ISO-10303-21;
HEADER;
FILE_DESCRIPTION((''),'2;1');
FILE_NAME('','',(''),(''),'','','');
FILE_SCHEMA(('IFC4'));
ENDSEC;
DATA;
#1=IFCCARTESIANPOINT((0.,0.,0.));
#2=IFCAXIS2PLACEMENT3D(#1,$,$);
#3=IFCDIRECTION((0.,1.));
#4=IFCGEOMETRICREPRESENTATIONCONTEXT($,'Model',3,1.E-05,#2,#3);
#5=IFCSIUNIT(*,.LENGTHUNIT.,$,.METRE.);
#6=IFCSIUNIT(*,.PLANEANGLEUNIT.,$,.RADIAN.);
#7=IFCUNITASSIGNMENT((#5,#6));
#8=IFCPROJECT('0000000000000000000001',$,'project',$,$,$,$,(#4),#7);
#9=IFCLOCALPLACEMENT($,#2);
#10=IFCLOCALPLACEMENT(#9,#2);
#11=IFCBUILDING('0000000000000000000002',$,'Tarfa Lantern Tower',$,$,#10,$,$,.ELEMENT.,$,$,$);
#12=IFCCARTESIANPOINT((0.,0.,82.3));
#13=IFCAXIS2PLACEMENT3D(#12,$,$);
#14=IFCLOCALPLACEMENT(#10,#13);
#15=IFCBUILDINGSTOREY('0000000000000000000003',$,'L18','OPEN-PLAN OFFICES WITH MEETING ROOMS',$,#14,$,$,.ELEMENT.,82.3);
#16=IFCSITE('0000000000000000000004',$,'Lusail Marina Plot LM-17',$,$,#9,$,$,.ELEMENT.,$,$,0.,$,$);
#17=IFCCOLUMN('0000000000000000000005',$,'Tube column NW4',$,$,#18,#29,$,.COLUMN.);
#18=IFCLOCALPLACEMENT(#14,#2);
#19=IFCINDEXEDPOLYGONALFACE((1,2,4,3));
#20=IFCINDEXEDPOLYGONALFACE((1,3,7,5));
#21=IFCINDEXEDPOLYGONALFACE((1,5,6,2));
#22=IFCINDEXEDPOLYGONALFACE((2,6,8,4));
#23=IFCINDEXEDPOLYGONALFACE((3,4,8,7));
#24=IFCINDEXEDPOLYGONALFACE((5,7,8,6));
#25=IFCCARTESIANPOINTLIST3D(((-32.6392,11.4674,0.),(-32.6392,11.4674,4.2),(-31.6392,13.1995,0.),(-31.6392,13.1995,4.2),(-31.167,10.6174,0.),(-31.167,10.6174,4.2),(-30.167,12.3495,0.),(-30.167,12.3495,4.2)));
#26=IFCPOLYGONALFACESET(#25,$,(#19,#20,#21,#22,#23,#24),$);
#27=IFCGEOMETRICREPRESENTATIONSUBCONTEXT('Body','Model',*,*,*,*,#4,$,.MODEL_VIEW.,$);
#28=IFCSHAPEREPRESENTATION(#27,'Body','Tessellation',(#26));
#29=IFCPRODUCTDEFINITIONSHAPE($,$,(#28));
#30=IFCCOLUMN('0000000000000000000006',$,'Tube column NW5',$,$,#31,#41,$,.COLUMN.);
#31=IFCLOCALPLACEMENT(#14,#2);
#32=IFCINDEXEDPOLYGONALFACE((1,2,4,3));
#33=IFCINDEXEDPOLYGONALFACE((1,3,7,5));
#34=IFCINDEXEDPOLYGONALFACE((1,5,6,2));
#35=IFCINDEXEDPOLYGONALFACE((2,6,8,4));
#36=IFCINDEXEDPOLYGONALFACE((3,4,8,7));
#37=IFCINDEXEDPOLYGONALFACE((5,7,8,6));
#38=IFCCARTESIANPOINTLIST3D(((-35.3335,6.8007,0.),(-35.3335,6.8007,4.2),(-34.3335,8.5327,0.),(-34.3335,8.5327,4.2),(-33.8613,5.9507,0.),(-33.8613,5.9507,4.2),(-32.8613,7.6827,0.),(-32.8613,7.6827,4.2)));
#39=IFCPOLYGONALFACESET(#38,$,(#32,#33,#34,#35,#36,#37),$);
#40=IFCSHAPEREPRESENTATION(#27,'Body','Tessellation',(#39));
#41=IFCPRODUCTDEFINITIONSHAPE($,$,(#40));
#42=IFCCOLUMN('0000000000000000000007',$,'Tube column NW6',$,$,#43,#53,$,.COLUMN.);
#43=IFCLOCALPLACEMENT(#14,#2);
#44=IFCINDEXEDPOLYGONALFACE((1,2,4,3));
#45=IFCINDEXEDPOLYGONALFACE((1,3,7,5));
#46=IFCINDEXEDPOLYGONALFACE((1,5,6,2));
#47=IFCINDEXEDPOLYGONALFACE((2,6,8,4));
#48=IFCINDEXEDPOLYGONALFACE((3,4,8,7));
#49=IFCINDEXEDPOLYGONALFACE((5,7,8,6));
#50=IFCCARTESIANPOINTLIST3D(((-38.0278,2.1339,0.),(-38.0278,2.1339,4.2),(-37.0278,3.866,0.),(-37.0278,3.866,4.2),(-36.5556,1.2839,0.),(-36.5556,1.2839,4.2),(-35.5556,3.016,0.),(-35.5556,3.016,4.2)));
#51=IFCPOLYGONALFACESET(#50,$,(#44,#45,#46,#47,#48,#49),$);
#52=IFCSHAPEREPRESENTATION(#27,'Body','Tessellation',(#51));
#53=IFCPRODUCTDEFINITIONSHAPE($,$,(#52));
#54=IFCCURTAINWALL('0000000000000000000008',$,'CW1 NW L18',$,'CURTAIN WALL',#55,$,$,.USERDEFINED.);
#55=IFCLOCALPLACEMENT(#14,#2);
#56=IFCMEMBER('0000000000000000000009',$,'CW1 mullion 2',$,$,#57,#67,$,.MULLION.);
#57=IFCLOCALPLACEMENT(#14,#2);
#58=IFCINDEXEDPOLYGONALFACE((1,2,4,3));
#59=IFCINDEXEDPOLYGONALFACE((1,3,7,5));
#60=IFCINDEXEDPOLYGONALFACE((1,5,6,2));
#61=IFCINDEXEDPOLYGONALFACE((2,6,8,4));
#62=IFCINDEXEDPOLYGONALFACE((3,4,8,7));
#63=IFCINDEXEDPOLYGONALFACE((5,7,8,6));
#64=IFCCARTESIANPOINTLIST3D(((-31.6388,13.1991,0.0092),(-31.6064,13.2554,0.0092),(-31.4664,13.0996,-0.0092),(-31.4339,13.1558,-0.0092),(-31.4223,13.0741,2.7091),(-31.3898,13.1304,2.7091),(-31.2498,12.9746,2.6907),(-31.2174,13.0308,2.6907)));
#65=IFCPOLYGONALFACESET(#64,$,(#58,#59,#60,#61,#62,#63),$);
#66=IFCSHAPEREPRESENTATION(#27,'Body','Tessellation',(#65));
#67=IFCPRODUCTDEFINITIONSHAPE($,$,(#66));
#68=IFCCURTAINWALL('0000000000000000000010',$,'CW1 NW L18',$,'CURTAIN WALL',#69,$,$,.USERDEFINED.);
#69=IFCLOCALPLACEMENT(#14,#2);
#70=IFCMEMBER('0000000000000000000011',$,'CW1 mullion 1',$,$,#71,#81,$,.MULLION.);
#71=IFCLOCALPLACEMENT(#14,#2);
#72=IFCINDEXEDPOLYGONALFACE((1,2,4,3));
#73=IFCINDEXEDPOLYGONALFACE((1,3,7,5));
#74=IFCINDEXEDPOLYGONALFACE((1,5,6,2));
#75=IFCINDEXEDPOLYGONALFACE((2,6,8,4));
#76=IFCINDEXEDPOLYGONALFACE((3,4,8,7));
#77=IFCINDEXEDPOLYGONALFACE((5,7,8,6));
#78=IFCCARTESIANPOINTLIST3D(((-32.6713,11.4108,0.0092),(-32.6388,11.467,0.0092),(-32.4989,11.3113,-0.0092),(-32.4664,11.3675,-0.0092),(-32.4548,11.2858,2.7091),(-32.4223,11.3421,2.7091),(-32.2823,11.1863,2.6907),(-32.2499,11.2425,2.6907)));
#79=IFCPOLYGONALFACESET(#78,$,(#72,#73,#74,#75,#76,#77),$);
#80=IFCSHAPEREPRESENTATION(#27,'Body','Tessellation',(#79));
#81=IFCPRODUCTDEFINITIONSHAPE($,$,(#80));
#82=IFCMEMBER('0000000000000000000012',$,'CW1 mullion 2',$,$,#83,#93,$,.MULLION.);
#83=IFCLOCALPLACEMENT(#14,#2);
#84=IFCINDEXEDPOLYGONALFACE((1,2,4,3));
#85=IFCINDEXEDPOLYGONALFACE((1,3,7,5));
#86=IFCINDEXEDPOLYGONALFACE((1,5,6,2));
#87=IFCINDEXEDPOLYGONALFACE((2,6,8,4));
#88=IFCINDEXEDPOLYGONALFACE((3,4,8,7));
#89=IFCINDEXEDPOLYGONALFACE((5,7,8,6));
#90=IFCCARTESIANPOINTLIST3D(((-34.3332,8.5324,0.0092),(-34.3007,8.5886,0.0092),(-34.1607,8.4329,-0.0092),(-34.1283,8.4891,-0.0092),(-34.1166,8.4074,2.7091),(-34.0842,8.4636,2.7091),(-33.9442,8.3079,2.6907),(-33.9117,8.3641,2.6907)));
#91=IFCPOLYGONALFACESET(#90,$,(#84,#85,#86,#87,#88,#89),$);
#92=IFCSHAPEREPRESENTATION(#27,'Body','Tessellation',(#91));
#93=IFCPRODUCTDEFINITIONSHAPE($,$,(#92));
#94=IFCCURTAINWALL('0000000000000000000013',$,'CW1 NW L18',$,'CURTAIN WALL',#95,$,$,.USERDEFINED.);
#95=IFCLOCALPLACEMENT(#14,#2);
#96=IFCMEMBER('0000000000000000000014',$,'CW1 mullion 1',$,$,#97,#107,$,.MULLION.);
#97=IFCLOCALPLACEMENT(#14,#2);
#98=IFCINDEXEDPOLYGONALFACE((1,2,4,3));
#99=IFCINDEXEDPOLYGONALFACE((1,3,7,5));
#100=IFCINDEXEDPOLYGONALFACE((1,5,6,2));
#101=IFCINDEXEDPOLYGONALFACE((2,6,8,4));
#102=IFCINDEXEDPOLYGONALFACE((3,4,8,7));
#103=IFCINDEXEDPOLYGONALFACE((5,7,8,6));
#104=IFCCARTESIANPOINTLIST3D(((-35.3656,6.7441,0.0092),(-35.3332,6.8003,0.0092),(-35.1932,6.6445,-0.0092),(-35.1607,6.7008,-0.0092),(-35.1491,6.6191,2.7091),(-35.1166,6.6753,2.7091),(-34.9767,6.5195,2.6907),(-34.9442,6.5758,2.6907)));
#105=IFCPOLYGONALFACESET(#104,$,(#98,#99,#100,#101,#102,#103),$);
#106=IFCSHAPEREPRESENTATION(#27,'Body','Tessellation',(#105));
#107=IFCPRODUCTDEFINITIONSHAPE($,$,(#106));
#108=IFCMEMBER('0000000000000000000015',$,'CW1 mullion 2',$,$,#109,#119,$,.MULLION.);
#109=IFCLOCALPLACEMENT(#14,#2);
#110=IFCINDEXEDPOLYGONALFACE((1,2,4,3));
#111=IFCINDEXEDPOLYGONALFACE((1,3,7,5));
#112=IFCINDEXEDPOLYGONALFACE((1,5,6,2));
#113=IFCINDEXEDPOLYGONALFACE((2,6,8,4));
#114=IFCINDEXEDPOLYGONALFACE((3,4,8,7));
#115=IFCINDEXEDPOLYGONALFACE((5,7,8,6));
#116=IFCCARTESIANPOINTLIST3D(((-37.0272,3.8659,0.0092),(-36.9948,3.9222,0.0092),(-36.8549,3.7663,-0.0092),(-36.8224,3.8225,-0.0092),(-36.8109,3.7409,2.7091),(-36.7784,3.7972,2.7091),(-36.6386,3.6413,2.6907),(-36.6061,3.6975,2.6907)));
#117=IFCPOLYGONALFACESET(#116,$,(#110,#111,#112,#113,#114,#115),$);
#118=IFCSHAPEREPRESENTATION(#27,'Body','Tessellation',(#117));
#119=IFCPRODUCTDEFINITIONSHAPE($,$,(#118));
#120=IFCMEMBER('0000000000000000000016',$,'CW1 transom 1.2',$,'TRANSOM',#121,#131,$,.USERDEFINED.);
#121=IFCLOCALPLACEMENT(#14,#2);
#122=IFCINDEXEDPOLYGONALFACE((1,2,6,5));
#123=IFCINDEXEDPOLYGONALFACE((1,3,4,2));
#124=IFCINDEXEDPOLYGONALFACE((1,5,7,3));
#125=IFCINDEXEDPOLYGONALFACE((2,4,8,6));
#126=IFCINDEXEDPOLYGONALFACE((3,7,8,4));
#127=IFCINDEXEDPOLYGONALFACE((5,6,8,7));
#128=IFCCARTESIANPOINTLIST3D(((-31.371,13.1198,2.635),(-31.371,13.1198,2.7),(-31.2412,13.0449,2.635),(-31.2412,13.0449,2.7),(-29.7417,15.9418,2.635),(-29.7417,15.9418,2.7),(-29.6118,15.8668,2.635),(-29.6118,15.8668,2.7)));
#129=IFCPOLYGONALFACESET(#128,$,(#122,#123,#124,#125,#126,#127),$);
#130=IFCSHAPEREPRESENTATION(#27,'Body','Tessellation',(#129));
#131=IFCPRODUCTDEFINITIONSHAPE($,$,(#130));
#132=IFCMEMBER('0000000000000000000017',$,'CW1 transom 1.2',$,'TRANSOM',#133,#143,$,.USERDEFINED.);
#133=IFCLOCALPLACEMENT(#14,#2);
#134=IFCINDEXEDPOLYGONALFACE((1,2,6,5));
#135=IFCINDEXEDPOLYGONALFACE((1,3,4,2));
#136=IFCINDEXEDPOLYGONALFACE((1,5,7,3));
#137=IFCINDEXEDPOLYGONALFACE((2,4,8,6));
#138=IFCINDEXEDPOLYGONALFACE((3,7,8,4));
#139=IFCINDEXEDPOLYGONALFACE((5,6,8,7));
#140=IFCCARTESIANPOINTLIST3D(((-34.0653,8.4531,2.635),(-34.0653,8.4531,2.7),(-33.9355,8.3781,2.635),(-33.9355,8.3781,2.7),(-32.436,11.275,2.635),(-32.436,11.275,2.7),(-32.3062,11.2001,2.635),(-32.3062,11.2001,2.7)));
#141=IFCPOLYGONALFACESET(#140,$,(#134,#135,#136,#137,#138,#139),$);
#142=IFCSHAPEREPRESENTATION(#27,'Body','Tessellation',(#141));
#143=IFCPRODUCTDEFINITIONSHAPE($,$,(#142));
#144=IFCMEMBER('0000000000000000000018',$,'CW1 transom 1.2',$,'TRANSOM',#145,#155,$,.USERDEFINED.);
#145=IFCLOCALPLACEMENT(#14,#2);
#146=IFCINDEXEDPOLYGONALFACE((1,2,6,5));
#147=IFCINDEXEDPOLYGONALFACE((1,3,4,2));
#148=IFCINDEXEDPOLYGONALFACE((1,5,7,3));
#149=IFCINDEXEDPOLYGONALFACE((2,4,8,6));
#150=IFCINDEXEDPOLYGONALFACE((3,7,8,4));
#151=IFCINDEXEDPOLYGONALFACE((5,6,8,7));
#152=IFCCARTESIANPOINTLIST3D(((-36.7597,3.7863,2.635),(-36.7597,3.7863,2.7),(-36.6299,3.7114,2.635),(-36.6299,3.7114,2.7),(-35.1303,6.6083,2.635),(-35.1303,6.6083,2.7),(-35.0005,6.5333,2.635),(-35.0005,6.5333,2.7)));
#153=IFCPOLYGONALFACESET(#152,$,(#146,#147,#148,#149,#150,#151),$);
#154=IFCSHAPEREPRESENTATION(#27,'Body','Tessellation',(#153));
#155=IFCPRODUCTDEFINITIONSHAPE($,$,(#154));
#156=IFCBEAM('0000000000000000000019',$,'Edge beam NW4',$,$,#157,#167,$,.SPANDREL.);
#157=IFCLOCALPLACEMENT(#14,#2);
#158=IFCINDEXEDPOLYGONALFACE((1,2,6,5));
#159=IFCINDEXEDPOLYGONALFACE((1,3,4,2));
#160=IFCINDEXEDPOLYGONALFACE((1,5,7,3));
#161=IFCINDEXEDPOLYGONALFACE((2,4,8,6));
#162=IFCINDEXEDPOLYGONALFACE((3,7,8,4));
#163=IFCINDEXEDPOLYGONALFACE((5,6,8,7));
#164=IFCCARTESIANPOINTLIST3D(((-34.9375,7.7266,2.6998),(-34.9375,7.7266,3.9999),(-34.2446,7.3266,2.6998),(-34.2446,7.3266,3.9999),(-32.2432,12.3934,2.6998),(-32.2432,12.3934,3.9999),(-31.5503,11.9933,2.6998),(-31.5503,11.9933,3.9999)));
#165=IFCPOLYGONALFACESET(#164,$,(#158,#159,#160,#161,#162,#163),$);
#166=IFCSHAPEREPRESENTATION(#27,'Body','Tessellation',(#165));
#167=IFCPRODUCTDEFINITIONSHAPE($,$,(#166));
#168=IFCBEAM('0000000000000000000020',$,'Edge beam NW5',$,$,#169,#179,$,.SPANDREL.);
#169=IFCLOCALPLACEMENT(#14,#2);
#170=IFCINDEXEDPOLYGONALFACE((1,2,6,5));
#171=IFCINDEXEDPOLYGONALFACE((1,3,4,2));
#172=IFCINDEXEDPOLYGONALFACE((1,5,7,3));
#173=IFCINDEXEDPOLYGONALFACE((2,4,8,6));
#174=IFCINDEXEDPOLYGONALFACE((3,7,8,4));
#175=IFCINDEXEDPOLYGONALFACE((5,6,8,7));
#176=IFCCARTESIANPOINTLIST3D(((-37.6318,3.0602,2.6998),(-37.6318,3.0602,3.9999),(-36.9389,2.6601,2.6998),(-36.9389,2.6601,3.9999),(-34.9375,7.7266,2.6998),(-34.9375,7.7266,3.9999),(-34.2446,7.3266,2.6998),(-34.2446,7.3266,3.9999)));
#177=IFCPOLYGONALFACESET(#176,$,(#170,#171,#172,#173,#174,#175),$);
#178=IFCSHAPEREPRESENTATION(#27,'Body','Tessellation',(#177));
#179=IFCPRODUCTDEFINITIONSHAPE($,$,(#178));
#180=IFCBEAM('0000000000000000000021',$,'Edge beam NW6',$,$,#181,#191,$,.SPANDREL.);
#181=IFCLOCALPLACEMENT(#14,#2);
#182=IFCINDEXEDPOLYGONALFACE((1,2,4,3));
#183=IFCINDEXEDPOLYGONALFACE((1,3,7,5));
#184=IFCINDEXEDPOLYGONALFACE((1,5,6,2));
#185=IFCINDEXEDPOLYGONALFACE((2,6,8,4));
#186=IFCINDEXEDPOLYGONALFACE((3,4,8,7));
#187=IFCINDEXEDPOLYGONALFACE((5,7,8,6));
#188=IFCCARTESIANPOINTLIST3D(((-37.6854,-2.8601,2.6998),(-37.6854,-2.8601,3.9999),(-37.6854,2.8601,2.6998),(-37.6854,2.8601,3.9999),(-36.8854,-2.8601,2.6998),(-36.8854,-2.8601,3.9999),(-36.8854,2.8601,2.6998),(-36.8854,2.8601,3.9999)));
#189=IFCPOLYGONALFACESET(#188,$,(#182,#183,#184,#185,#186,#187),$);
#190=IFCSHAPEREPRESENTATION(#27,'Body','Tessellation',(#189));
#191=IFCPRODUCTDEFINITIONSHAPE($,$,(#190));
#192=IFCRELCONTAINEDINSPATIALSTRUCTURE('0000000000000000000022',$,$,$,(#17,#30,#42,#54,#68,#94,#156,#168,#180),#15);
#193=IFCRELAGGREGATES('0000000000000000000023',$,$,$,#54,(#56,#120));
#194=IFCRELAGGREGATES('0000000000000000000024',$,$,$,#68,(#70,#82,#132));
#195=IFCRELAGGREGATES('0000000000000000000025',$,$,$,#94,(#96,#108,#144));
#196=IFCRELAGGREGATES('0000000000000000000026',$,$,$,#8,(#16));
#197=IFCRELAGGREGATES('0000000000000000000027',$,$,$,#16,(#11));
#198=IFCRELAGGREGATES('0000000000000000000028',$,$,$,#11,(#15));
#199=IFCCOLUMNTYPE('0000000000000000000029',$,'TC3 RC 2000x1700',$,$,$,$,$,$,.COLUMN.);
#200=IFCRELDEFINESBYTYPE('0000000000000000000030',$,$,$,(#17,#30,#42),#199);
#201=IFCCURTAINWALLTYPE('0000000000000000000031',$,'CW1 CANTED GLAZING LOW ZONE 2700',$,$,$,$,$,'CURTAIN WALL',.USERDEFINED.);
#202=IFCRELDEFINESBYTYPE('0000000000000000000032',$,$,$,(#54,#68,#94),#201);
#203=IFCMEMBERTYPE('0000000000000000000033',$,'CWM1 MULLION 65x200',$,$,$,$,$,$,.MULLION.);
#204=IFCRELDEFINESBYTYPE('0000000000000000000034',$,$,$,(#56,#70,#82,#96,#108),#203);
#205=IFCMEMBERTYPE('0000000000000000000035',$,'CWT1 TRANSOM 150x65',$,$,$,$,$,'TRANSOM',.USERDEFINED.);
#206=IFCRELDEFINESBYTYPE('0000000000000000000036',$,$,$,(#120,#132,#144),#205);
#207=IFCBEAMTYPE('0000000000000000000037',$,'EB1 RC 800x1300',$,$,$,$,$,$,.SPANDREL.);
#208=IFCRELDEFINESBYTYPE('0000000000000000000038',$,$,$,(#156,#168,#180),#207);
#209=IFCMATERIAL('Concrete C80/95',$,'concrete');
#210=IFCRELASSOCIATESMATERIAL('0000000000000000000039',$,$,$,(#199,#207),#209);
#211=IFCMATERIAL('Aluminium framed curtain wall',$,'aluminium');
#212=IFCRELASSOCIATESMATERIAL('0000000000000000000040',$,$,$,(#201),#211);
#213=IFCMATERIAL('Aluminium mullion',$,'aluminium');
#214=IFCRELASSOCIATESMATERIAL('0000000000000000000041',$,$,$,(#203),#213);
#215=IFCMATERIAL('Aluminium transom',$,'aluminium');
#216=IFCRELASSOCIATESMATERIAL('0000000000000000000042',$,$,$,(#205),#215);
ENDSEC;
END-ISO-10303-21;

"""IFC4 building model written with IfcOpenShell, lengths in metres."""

from ifc_helpers import new_model, si_unit, direction, frame, origin, origin_2d, place, context, subcontext, project, spatial, rectangle, extrude, material, material_profile, profile_set, type_object, element, aggregate, save


model = new_model("IFC4")

# Units and contexts
model_context = context("Model", 3, precision=1e-05, world=origin(), true_north=direction((0.0, 1.0)))
body_context = subcontext(model_context, "Body", "Model", "MODEL_VIEW")
ifc_project = project(units=[si_unit("LENGTHUNIT", "METRE"), si_unit("PLANEANGLEUNIT", "RADIAN")], contexts=[model_context])

# Site, building, storey
site_placement = place(None, origin())
site = spatial("IfcSite", under=ifc_project, at=site_placement, Name="Lusail Marina Plot LM-17", CompositionType="ELEMENT", RefElevation=0.0)
building_placement = place(site_placement, origin())
building = spatial("IfcBuilding", under=site, at=building_placement, Name="Tarfa Lantern Tower", CompositionType="ELEMENT")
storey_placement = place(building_placement, frame((0.0, 0.0, 82.3)))
storey = spatial("IfcBuildingStorey", under=building, at=storey_placement, Name="L18", Description="OPEN-PLAN OFFICES WITH MEETING ROOMS", CompositionType="ELEMENT", Elevation=82.3)

# Columns
ifc_material_1 = material(Name="Concrete C80/95", Category="concrete")
ifc_material_profile_1 = material_profile(ifc_material_1, rectangle(XDim=2.0, YDim=1.7, at=origin_2d()), Name="RC 2000x1700")
ifc_profile_set_1 = profile_set([ifc_material_profile_1], Name="Concrete C80/95")
column_type = type_object("IfcColumnType", Name="TC3 RC 2000x1700", PredefinedType="COLUMN", material=ifc_profile_set_1)
for number, where, z_axis, x_axis, name in (
    (1, (-31.4031, 11.9084, 0.0), (0.0, 0.0, 1.0), (-0.5, -0.866025, 0.0), "Tube column NW4"),
    (2, (-34.0974, 7.2417, 0.0), (0.0, 0.0, 1.0), (-0.5, -0.866025, 0.0), "Tube column NW5"),
    (3, (-36.7917, 2.575, 0.0), (0.0, 0.0, 1.0), (-0.5, -0.866025, 0.0), "Tube column NW6"),
):
    element("IfcColumn", number, at=place(storey_placement, frame(where, z_axis=z_axis, x_axis=x_axis)), inside=storey, type_object=column_type, Name=name, PredefinedType="COLUMN", context=body_context, shape_type="SweptSolid", body=[
        extrude(rectangle(XDim=2.0, YDim=1.7, at=origin_2d()), origin(), (0.0, 0.0, 1.0), 4.2),
    ])

# Curtain wall, member
ifc_material_2 = material(Name="Aluminium framed curtain wall", Category="aluminium")
curtain_wall_type = type_object("IfcCurtainWallType", Name="CW1 CANTED GLAZING LOW ZONE 2700", ElementType="CURTAIN WALL", PredefinedType="USERDEFINED", material=ifc_material_2)
curtain_wall_1_placement = place(storey_placement, origin())
curtain_wall_1 = element("IfcCurtainWall", 4, at=curtain_wall_1_placement, inside=storey, type_object=curtain_wall_type, Name="CW1 NW L18", ObjectType="CURTAIN WALL", PredefinedType="USERDEFINED")
ifc_material_3 = material(Name="Aluminium mullion", Category="aluminium")
ifc_material_profile_2 = material_profile(ifc_material_3, rectangle(XDim=0.0649, YDim=0.2, at=origin_2d()), Name="AL MULLION 65x200")
ifc_profile_set_2 = profile_set([ifc_material_profile_2], Name="Aluminium mullion")
member_type_1 = type_object("IfcMemberType", Name="CWM1 MULLION 65x200", PredefinedType="MULLION", material=ifc_profile_set_2)
member_1_placement = place(storey_placement, frame((-31.5364, 13.1775, 0.0), z_axis=(0.079864, -0.0461, 0.995739), x_axis=(0.49992, 0.866072, 0.0)))
member_1 = element("IfcMember", 5, at=member_1_placement, type_object=member_type_1, Name="CW1 mullion 2", PredefinedType="MULLION", context=body_context, shape_type="SweptSolid", body=[
    extrude(rectangle(XDim=0.0649, YDim=0.2, at=origin_2d()), origin(), (0.0, 0.0, 1.0), 2.7114),
])

# Curtain walls, members
curtain_wall_2_placement = place(storey_placement, origin())
curtain_wall_2 = element("IfcCurtainWall", 6, at=curtain_wall_2_placement, inside=storey, type_object=curtain_wall_type, Name="CW1 NW L18", ObjectType="CURTAIN WALL", PredefinedType="USERDEFINED")
member_2_placement = place(storey_placement, frame((-32.5688, 11.3892, 0.0), z_axis=(0.079864, -0.0461, 0.995739), x_axis=(0.49992, 0.866072, 0.0)))
member_2 = element("IfcMember", 7, at=member_2_placement, type_object=member_type_1, Name="CW1 mullion 1", PredefinedType="MULLION", context=body_context, shape_type="SweptSolid", body=[
    extrude(rectangle(XDim=0.0649, YDim=0.2, at=origin_2d()), origin(), (0.0, 0.0, 1.0), 2.7114),
])
member_3_placement = place(storey_placement, frame((-34.2307, 8.5107, 0.0), z_axis=(0.079864, -0.0461, 0.995739), x_axis=(0.49992, 0.866072, 0.0)))
member_3 = element("IfcMember", 8, at=member_3_placement, type_object=member_type_1, Name="CW1 mullion 2", PredefinedType="MULLION", context=body_context, shape_type="SweptSolid", body=[
    extrude(rectangle(XDim=0.0649, YDim=0.2, at=origin_2d()), origin(), (0.0, 0.0, 1.0), 2.7114),
])
curtain_wall_3_placement = place(storey_placement, origin())
curtain_wall_3 = element("IfcCurtainWall", 9, at=curtain_wall_3_placement, inside=storey, type_object=curtain_wall_type, Name="CW1 NW L18", ObjectType="CURTAIN WALL", PredefinedType="USERDEFINED")
member_4_placement = place(storey_placement, frame((-35.2632, 6.7224, 0.0), z_axis=(0.079864, -0.0461, 0.995739), x_axis=(0.49992, 0.866072, 0.0)))
member_4 = element("IfcMember", 10, at=member_4_placement, type_object=member_type_1, Name="CW1 mullion 1", PredefinedType="MULLION", context=body_context, shape_type="SweptSolid", body=[
    extrude(rectangle(XDim=0.0649, YDim=0.2, at=origin_2d()), origin(), (0.0, 0.0, 1.0), 2.7114),
])
member_5_placement = place(storey_placement, frame((-36.9248, 3.8442, 0.0), z_axis=(0.079775, -0.0461, 0.995746), x_axis=(0.500343, 0.865827, 0.0)))
member_5 = element("IfcMember", 11, at=member_5_placement, type_object=member_type_1, Name="CW1 mullion 2", PredefinedType="MULLION", context=body_context, shape_type="SweptSolid", body=[
    extrude(rectangle(XDim=0.0649, YDim=0.2, at=origin_2d()), origin(), (0.0, 0.0, 1.0), 2.7114),
])

# Members
ifc_material_4 = material(Name="Aluminium transom", Category="aluminium")
ifc_material_profile_3 = material_profile(ifc_material_4, rectangle(XDim=0.1499, YDim=0.0649, at=origin_2d()), Name="AL TRANSOM 150x65")
ifc_profile_set_3 = profile_set([ifc_material_profile_3], Name="Aluminium transom")
member_type_2 = type_object("IfcMemberType", Name="CWT1 TRANSOM 150x65", ElementType="TRANSOM", PredefinedType="USERDEFINED", material=ifc_profile_set_3)
member_6_placement = place(storey_placement, frame((-29.6768, 15.9043, 2.6675), z_axis=(-0.500023, -0.866012, 0.0), x_axis=(0.866012, -0.500023, 0.0)))
member_6 = element("IfcMember", 12, at=member_6_placement, type_object=member_type_2, Name="CW1 transom 1.2", ObjectType="TRANSOM", PredefinedType="USERDEFINED", context=body_context, shape_type="SweptSolid", body=[
    extrude(rectangle(XDim=0.1499, YDim=0.0649, at=origin_2d()), origin(), (0.0, 0.0, 1.0), 3.2585),
])
member_7_placement = place(storey_placement, frame((-32.3711, 11.2375, 2.6675), z_axis=(-0.500023, -0.866012, 0.0), x_axis=(0.866012, -0.500023, 0.0)))
member_7 = element("IfcMember", 13, at=member_7_placement, type_object=member_type_2, Name="CW1 transom 1.2", ObjectType="TRANSOM", PredefinedType="USERDEFINED", context=body_context, shape_type="SweptSolid", body=[
    extrude(rectangle(XDim=0.1499, YDim=0.0649, at=origin_2d()), origin(), (0.0, 0.0, 1.0), 3.2585),
])
member_8_placement = place(storey_placement, frame((-35.0654, 6.5708, 2.6675), z_axis=(-0.500023, -0.866012, 0.0), x_axis=(0.866012, -0.500023, 0.0)))
member_8 = element("IfcMember", 14, at=member_8_placement, type_object=member_type_2, Name="CW1 transom 1.2", ObjectType="TRANSOM", PredefinedType="USERDEFINED", context=body_context, shape_type="SweptSolid", body=[
    extrude(rectangle(XDim=0.1499, YDim=0.0649, at=origin_2d()), origin(), (0.0, 0.0, 1.0), 3.2585),
])

# Beams
ifc_material_profile_4 = material_profile(ifc_material_1, rectangle(XDim=0.8, YDim=1.3, at=origin_2d()), Name="RC 800x1300")
ifc_profile_set_4 = profile_set([ifc_material_profile_4], Name="Concrete C80/95")
beam_type_1 = type_object("IfcBeamType", Name="EB1 RC 800x1300", PredefinedType="SPANDREL", material=ifc_profile_set_4)
beam_1_placement = place(storey_placement, frame((-31.8967, 12.1934, 3.3499), z_axis=(-0.499998, -0.866026, 0.0), x_axis=(0.866026, -0.499998, 0.0)))
element("IfcBeam", 15, at=beam_1_placement, inside=storey, type_object=beam_type_1, Name="Edge beam NW4", PredefinedType="SPANDREL", context=body_context, shape_type="SweptSolid", body=[
    extrude(rectangle(XDim=0.8, YDim=1.3, at=origin_2d()), origin(), (0.0, 0.0, 1.0), 5.3887),
])
beam_2_placement = place(storey_placement, frame((-34.5911, 7.5266, 3.3499), z_axis=(-0.500018, -0.866015, 0.0), x_axis=(0.866015, -0.500018, 0.0)))
element("IfcBeam", 16, at=beam_2_placement, inside=storey, type_object=beam_type_1, Name="Edge beam NW5", PredefinedType="SPANDREL", context=body_context, shape_type="SweptSolid", body=[
    extrude(rectangle(XDim=0.8, YDim=1.3, at=origin_2d()), origin(), (0.0, 0.0, 1.0), 5.3884),
])
beam_3_placement = place(storey_placement, frame((-37.2854, 2.8601, 3.3499), z_axis=(0.0, -1.0, 0.0), x_axis=(1.0, 0.0, 0.0)))
element("IfcBeam", 17, at=beam_3_placement, inside=storey, type_object=beam_type_1, Name="Edge beam NW6", PredefinedType="SPANDREL", context=body_context, shape_type="SweptSolid", body=[
    extrude(rectangle(XDim=0.8, YDim=1.3, at=origin_2d()), origin(), (0.0, 0.0, 1.0), 5.7202),
])

aggregate(curtain_wall_1, [member_1, member_6])
aggregate(curtain_wall_2, [member_2, member_3, member_7])
aggregate(curtain_wall_3, [member_4, member_5, member_8])

save(model, "model.ifc")
